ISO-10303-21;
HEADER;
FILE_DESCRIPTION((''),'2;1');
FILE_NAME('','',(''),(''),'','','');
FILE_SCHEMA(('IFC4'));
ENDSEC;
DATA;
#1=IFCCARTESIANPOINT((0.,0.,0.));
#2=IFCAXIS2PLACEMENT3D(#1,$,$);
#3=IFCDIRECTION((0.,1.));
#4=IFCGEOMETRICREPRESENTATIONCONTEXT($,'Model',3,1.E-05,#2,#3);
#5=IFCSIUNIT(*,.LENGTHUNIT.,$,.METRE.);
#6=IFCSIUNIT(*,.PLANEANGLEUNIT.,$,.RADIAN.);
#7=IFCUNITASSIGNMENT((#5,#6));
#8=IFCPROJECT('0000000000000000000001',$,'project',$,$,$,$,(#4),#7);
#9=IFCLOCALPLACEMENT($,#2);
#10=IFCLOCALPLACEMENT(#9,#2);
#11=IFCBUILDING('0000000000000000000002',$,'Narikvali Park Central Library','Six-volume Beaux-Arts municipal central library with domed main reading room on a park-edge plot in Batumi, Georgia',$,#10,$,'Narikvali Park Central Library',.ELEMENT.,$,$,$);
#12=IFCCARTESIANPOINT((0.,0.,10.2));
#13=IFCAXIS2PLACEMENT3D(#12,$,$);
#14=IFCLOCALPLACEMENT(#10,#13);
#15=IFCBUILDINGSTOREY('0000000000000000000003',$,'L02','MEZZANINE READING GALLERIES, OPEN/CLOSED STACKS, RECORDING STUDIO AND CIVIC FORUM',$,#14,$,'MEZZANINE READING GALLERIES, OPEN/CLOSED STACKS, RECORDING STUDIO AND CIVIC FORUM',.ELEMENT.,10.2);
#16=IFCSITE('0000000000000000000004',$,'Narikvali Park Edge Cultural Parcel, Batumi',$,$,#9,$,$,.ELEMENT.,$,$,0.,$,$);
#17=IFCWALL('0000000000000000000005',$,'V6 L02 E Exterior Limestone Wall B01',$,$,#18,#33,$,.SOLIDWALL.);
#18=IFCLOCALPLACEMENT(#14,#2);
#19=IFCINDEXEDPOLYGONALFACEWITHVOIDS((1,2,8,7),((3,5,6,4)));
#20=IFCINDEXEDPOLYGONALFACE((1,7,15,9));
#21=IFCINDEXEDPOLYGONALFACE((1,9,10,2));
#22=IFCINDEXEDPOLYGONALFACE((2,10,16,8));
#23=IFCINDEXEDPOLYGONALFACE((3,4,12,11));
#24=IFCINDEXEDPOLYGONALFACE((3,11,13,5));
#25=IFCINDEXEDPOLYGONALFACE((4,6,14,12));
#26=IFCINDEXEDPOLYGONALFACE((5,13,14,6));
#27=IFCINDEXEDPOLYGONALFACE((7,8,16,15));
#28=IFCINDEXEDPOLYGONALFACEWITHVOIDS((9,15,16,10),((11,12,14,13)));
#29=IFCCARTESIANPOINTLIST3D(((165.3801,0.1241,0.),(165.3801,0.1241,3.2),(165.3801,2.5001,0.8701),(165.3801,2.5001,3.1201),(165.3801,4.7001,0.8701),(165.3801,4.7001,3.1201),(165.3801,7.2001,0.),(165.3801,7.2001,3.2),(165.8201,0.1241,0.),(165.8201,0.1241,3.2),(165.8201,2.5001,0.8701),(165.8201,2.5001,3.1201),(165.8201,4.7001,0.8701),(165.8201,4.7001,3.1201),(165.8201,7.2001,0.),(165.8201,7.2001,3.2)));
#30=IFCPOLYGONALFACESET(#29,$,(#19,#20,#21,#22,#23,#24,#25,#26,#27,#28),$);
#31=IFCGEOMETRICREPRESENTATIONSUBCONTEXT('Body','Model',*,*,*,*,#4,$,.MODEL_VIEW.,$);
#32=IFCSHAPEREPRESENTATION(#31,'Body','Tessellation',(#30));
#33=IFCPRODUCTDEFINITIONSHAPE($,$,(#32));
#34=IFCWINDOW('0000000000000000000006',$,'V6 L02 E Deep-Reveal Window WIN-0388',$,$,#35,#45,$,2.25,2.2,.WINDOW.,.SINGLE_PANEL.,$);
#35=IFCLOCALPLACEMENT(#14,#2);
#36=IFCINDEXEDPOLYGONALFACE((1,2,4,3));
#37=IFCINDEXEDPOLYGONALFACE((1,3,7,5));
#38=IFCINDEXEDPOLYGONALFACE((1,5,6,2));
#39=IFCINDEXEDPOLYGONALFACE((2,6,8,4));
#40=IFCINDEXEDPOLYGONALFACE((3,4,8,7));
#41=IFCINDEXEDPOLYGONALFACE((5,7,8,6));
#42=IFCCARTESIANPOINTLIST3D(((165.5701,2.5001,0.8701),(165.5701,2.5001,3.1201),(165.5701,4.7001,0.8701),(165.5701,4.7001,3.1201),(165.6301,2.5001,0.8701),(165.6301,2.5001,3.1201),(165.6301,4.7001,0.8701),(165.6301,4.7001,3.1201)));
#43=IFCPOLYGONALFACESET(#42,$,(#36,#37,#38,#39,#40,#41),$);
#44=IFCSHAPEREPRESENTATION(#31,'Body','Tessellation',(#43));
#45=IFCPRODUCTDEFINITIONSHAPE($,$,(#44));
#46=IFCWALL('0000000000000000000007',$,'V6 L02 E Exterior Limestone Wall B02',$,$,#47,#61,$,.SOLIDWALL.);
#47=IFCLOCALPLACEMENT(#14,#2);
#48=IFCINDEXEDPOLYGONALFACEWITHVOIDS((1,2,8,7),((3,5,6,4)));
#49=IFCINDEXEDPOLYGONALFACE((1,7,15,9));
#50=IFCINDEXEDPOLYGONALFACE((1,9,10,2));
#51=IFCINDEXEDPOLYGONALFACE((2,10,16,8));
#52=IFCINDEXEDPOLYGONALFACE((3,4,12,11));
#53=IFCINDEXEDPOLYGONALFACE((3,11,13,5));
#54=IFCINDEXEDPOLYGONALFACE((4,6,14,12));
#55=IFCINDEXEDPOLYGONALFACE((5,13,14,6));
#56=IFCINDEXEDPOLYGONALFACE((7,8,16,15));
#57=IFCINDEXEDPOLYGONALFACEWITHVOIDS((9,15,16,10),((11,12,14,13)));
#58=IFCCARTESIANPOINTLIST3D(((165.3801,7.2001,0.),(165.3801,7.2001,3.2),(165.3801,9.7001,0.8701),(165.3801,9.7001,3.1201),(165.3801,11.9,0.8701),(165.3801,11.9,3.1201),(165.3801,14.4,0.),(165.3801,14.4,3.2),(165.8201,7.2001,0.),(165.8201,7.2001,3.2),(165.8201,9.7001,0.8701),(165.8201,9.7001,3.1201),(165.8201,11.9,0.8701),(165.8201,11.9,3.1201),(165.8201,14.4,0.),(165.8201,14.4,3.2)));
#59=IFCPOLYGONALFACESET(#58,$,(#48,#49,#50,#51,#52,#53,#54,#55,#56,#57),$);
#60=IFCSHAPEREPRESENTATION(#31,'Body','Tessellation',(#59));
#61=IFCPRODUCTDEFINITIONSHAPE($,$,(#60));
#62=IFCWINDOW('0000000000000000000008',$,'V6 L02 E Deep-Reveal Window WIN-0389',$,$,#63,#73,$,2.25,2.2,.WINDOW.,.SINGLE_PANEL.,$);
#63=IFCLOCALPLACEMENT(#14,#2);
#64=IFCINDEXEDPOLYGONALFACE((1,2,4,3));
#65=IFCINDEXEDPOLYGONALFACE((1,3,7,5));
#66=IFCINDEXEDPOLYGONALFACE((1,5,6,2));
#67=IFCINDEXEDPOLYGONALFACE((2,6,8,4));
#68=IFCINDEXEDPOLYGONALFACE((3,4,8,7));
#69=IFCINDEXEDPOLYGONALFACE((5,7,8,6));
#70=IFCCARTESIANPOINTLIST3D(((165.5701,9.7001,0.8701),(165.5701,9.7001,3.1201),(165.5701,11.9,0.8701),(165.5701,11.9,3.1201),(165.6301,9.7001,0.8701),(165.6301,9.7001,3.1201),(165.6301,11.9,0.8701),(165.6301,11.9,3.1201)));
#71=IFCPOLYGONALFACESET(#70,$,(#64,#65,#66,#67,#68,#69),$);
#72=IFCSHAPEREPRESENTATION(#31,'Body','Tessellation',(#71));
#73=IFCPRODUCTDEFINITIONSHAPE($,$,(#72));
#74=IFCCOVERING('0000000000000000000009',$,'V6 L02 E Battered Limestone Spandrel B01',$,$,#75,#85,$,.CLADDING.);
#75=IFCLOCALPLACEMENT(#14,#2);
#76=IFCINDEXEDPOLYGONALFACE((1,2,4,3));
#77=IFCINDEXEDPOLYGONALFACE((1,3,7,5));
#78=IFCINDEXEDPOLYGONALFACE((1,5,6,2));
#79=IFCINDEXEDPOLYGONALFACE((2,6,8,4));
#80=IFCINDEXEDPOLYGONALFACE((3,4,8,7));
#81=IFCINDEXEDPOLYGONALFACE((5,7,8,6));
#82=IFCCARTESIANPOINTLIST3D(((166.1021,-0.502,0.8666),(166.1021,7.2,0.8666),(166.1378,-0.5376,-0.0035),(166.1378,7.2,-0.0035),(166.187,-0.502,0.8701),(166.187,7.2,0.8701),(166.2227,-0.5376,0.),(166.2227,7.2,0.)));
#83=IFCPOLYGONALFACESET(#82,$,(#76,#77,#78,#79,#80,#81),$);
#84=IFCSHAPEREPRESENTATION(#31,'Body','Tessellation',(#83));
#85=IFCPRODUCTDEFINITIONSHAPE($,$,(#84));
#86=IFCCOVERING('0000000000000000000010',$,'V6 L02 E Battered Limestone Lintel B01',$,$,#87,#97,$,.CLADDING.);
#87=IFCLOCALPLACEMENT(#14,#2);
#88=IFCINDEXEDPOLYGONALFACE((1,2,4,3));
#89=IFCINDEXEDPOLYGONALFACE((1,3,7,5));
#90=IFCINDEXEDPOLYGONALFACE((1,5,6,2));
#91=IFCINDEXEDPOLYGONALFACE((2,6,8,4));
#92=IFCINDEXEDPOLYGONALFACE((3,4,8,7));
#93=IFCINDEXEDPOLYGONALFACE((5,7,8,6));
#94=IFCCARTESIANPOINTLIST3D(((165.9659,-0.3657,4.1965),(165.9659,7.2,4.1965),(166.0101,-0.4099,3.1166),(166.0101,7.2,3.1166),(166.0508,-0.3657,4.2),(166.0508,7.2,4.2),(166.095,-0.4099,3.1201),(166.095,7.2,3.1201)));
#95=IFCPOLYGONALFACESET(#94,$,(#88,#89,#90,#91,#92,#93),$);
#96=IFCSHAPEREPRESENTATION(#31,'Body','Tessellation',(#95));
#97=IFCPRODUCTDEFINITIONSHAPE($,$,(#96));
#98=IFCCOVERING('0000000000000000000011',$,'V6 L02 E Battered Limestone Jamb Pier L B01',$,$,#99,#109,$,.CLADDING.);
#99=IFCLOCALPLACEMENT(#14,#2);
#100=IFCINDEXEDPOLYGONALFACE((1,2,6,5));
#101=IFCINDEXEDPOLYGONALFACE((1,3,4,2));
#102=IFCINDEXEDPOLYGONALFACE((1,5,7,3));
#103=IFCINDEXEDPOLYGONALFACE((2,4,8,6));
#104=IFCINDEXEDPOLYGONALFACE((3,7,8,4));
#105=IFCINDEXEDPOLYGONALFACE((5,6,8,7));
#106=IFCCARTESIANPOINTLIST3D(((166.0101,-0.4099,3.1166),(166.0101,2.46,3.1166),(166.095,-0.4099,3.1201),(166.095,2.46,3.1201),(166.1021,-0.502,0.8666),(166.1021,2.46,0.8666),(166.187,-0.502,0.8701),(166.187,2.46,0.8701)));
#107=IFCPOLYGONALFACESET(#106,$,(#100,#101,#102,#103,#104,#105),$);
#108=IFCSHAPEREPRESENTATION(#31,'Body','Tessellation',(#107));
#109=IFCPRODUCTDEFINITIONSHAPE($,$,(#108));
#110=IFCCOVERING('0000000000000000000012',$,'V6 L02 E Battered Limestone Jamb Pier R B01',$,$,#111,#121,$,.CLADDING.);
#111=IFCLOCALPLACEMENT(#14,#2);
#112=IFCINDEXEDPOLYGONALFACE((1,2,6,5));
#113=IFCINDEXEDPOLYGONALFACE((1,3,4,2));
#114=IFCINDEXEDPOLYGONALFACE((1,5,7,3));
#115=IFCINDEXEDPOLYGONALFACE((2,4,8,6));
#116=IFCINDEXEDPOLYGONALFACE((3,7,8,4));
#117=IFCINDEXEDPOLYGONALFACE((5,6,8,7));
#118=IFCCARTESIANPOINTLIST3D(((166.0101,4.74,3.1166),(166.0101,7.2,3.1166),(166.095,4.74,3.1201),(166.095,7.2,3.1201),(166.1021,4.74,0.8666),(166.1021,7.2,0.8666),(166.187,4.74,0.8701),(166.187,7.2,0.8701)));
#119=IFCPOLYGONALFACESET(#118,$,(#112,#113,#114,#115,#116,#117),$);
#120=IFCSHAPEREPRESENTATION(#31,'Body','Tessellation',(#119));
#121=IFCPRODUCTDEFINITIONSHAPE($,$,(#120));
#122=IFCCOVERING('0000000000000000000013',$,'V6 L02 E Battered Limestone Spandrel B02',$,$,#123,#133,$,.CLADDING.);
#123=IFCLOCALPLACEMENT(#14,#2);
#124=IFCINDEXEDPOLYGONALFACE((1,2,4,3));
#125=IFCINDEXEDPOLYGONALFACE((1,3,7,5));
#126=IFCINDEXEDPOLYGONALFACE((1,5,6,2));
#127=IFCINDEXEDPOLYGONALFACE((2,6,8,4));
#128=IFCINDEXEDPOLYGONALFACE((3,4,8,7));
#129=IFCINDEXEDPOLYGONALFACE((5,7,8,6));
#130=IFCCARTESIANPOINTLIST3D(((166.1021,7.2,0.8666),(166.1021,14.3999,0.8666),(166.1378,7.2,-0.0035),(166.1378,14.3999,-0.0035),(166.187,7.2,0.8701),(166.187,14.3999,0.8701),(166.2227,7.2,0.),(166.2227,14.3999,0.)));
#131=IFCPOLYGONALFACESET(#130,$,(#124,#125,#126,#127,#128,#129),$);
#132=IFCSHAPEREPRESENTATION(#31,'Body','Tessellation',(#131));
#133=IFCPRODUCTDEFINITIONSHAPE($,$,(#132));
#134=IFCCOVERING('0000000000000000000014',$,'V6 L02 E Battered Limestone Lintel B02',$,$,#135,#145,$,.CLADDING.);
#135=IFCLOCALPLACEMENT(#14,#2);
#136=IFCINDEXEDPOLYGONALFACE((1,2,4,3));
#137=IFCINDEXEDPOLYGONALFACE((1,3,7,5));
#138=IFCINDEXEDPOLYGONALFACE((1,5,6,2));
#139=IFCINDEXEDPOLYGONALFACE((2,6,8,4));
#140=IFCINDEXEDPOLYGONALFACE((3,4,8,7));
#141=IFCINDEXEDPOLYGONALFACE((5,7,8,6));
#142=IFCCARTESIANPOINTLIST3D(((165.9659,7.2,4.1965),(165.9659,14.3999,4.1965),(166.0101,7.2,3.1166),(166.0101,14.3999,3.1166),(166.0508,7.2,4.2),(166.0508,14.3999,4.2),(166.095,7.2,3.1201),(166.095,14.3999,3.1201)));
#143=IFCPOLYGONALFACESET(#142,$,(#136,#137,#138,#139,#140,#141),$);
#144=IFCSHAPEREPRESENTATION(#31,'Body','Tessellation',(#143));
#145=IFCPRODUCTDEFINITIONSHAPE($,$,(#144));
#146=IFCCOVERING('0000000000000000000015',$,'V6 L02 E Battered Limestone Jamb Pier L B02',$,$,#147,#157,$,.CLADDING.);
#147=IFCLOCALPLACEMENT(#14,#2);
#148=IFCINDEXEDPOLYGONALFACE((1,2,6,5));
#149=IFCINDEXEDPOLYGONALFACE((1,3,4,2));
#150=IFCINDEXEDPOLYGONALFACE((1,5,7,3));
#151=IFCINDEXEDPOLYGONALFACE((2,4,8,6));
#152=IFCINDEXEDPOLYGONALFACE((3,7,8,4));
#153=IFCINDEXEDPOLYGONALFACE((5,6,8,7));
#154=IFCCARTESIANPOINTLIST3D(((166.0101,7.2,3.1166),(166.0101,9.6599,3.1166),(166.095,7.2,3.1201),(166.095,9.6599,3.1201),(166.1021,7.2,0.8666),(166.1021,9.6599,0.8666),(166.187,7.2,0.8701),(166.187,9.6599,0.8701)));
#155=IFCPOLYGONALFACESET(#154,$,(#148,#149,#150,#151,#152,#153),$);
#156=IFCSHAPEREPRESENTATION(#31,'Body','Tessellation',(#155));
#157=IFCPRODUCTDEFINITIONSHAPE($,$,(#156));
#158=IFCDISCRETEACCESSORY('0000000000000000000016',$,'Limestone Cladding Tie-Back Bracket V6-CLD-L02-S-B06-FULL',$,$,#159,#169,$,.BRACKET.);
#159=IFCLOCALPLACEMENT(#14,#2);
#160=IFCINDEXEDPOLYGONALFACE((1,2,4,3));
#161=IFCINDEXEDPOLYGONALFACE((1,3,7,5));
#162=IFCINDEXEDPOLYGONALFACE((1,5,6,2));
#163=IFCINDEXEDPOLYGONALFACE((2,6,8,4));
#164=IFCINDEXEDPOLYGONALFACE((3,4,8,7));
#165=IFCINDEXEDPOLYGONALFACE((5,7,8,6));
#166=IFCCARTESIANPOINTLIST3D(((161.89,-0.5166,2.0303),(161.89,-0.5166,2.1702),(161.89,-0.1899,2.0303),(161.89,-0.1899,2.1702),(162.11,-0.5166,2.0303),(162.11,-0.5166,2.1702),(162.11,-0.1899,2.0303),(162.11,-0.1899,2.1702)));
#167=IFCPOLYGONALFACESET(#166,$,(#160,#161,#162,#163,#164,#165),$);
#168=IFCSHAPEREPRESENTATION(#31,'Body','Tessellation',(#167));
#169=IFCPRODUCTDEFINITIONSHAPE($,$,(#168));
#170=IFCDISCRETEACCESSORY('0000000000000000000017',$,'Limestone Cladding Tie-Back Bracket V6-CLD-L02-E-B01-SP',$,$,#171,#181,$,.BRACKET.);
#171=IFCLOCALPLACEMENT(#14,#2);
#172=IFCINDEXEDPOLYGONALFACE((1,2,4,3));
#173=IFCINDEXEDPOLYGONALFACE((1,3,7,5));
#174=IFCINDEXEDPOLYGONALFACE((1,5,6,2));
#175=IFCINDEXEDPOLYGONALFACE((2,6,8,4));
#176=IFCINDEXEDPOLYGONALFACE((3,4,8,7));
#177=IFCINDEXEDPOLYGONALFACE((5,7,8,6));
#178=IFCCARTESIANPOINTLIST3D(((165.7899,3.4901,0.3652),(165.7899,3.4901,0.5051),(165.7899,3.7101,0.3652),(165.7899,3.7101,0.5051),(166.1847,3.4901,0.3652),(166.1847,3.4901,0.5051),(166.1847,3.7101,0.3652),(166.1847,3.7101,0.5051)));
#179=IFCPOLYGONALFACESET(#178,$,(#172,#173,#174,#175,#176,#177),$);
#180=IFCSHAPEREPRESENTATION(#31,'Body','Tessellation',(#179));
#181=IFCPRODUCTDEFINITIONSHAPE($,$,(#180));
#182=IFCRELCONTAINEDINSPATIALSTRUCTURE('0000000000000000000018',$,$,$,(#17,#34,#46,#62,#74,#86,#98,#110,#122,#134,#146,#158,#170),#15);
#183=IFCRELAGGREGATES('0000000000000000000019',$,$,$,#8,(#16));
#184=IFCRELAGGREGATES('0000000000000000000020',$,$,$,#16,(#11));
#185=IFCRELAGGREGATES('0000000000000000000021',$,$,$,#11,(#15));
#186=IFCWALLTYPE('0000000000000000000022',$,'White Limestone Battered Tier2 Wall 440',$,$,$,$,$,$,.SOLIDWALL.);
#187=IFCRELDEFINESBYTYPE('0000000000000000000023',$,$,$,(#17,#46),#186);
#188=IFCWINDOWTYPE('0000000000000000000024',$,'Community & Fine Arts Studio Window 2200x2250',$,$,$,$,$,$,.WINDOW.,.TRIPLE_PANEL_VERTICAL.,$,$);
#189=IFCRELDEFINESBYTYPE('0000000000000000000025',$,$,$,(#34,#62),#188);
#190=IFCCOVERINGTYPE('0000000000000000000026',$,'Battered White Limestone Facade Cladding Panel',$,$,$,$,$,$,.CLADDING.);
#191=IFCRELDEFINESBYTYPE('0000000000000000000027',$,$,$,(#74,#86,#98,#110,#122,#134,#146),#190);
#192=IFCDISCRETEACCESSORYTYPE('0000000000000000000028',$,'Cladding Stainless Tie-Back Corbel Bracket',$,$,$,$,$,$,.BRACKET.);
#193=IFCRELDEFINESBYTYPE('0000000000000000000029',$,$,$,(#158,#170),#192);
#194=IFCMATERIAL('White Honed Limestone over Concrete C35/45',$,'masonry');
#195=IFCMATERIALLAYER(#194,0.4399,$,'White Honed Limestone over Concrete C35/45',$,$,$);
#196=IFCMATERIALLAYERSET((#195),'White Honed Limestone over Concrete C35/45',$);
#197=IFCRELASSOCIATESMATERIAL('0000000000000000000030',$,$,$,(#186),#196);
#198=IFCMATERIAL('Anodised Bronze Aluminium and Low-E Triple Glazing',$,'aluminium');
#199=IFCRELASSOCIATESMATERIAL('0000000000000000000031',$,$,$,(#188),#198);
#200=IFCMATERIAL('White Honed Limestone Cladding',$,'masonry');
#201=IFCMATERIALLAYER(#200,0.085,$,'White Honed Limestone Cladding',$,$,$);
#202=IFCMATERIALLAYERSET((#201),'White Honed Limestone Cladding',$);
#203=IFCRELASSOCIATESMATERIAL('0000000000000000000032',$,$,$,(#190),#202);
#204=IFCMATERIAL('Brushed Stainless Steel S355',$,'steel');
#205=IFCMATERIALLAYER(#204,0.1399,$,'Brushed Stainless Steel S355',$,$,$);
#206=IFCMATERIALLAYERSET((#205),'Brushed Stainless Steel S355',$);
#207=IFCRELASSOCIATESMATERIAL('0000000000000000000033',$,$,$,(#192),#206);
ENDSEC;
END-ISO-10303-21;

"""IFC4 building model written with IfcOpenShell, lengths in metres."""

from ifc_helpers import new_model, si_unit, direction, frame, frame_2d, origin, origin_2d, place, context, subcontext, project, spatial, polyline, rectangle, outline, extrude, material, layer, layer_set, type_object, element, fill, save


model = new_model("IFC4")

# Units and contexts
model_context = context("Model", 3, precision=1e-05, world=origin(), true_north=direction((0.0, 1.0)))
body_context = subcontext(model_context, "Body", "Model", "MODEL_VIEW")
ifc_project = project(units=[si_unit("LENGTHUNIT", "METRE"), si_unit("PLANEANGLEUNIT", "RADIAN")], contexts=[model_context])

# Site, building, storey
site_placement = place(None, origin())
site = spatial("IfcSite", under=ifc_project, at=site_placement, Name="Narikvali Park Edge Cultural Parcel, Batumi", CompositionType="ELEMENT", RefElevation=0.0)
building_placement = place(site_placement, origin())
building = spatial("IfcBuilding", under=site, at=building_placement, Name="Narikvali Park Central Library", Description="Six-volume Beaux-Arts municipal central library with domed main reading room on a park-edge plot in Batumi, Georgia", LongName="Narikvali Park Central Library", CompositionType="ELEMENT")
storey_placement = place(building_placement, frame((0.0, 0.0, 10.2)))
storey = spatial("IfcBuildingStorey", under=building, at=storey_placement, Name="L02", Description="MEZZANINE READING GALLERIES, OPEN/CLOSED STACKS, RECORDING STUDIO AND CIVIC FORUM", LongName="MEZZANINE READING GALLERIES, OPEN/CLOSED STACKS, RECORDING STUDIO AND CIVIC FORUM", CompositionType="ELEMENT", Elevation=10.2)

# Walls, openings, windows
ifc_material_1 = material(Name="White Honed Limestone over Concrete C35/45", Category="masonry")
ifc_layer_1 = layer(ifc_material_1, 0.4399, Name="White Honed Limestone over Concrete C35/45")
ifc_layer_set_1 = layer_set([ifc_layer_1], Name="White Honed Limestone over Concrete C35/45")
wall_type_1 = type_object("IfcWallType", Name="White Limestone Battered Tier2 Wall 440", PredefinedType="SOLIDWALL", material=ifc_layer_set_1)
wall_1_placement = place(storey_placement, frame((165.6001, 0.124, 0.0), z_axis=(0.0, 0.0, 1.0), x_axis=(0.0, 1.0, 0.0)))
wall_1 = element("IfcWall", 1, at=wall_1_placement, inside=storey, type_object=wall_type_1, Name="V6 L02 E Exterior Limestone Wall B01", PredefinedType="SOLIDWALL", context=body_context, shape_type="SweptSolid", body=[
    extrude(rectangle(XDim=7.0759, YDim=0.4399, at=frame_2d((3.5381, 0.0))), origin(), (0.0, 0.0, 1.0), 3.2),
])
opening_1_placement = place(wall_1_placement, frame((2.376, 0.0, 0.8701)))
opening_1 = element("IfcOpeningElement", 2, at=opening_1_placement, cuts=wall_1, PredefinedType="OPENING", context=body_context, shape_type="SweptSolid", body=[
    extrude(rectangle(XDim=2.2, YDim=2.25, at=frame_2d((1.1001, 1.125))), frame((0.0, 0.2319, 0.0), z_axis=(0.0, -1.0, 0.0), x_axis=(1.0, 0.0, 0.0)), (0.0, 0.0, 1.0), 0.4639),
])
ifc_material_2 = material(Name="Anodised Bronze Aluminium and Low-E Triple Glazing", Category="aluminium")
window_type = type_object("IfcWindowType", Name="Community & Fine Arts Studio Window 2200x2250", PartitioningType="TRIPLE_PANEL_VERTICAL", PredefinedType="WINDOW", material=ifc_material_2)
window_1_placement = place(opening_1_placement, origin())
window_1 = element("IfcWindow", 3, at=window_1_placement, inside=storey, type_object=window_type, Name="V6 L02 E Deep-Reveal Window WIN-0388", OverallHeight=2.25, OverallWidth=2.2, PartitioningType="SINGLE_PANEL", PredefinedType="WINDOW", context=body_context, shape_type="SweptSolid", body=[
    extrude(rectangle(XDim=2.2, YDim=2.25, at=frame_2d((1.1001, 1.125))), frame((0.0, 0.03, 0.0), z_axis=(0.0, -1.0, 0.0), x_axis=(1.0, 0.0, 0.0)), (0.0, 0.0, 1.0), 0.0601),
])
fill(opening_1, window_1)
wall_2_placement = place(storey_placement, frame((165.6001, 7.2, 0.0), z_axis=(0.0, 0.0, 1.0), x_axis=(0.0, 1.0, 0.0)))
wall_2 = element("IfcWall", 4, at=wall_2_placement, inside=storey, type_object=wall_type_1, Name="V6 L02 E Exterior Limestone Wall B02", PredefinedType="SOLIDWALL", context=body_context, shape_type="SweptSolid", body=[
    extrude(rectangle(XDim=7.2, YDim=0.4399, at=frame_2d((3.6001, 0.0))), origin(), (0.0, 0.0, 1.0), 3.2),
])
opening_2_placement = place(wall_2_placement, frame((2.5, 0.0, 0.8701)))
opening_2 = element("IfcOpeningElement", 5, at=opening_2_placement, cuts=wall_2, PredefinedType="OPENING", context=body_context, shape_type="SweptSolid", body=[
    extrude(rectangle(XDim=2.2, YDim=2.25, at=frame_2d((1.1001, 1.125))), frame((0.0, 0.2319, 0.0), z_axis=(0.0, -1.0, 0.0), x_axis=(1.0, 0.0, 0.0)), (0.0, 0.0, 1.0), 0.4639),
])
window_2_placement = place(opening_2_placement, origin())
window_2 = element("IfcWindow", 6, at=window_2_placement, inside=storey, type_object=window_type, Name="V6 L02 E Deep-Reveal Window WIN-0389", OverallHeight=2.25, OverallWidth=2.2, PartitioningType="SINGLE_PANEL", PredefinedType="WINDOW", context=body_context, shape_type="SweptSolid", body=[
    extrude(rectangle(XDim=2.2, YDim=2.25, at=frame_2d((1.1001, 1.125))), frame((0.0, 0.03, 0.0), z_axis=(0.0, -1.0, 0.0), x_axis=(1.0, 0.0, 0.0)), (0.0, 0.0, 1.0), 0.0601),
])
fill(opening_2, window_2)

# Coverings
ifc_material_3 = material(Name="White Honed Limestone Cladding", Category="masonry")
ifc_layer_2 = layer(ifc_material_3, 0.085, Name="White Honed Limestone Cladding")
ifc_layer_set_2 = layer_set([ifc_layer_2], Name="White Honed Limestone Cladding")
covering_type = type_object("IfcCoveringType", Name="Battered White Limestone Facade Cladding Panel", PredefinedType="CLADDING", material=ifc_layer_set_2)
covering_1_placement = place(storey_placement, frame((166.2227, -0.5376, 0.0), z_axis=(0.999162, 0.0, 0.040931), x_axis=(0.0, 1.0, 0.0)))
element("IfcCovering", 7, at=covering_1_placement, inside=storey, type_object=covering_type, Name="V6 L02 E Battered Limestone Spandrel B01", PredefinedType="CLADDING", context=body_context, shape_type="SweptSolid", body=[
    extrude(outline(polyline([(0.0, 0.0), (7.7375, 0.0), (7.7375, 0.8708), (0.0356, 0.8708), (0.0, 0.0)])), origin(), (0.0, 0.0, -1.0), 0.085),
])
covering_2_placement = place(storey_placement, frame((166.095, -0.4099, 3.1201), z_axis=(0.999164, 0.0, 0.040888), x_axis=(0.0, 1.0, 0.0)))
element("IfcCovering", 8, at=covering_2_placement, inside=storey, type_object=covering_type, Name="V6 L02 E Battered Limestone Lintel B01", PredefinedType="CLADDING", context=body_context, shape_type="SweptSolid", body=[
    extrude(outline(polyline([(0.0, 0.0), (7.6099, 0.0), (7.6099, 1.0807), (0.0442, 1.0807), (0.0, 0.0)])), origin(), (0.0, 0.0, -1.0), 0.085),
])
covering_3_placement = place(storey_placement, frame((166.187, -0.502, 0.8701), z_axis=(0.999164, 0.0, 0.040873), x_axis=(0.0, 1.0, 0.0)))
element("IfcCovering", 9, at=covering_3_placement, inside=storey, type_object=covering_type, Name="V6 L02 E Battered Limestone Jamb Pier L B01", PredefinedType="CLADDING", context=body_context, shape_type="SweptSolid", body=[
    extrude(outline(polyline([(0.0, 0.0), (2.9619, 0.0), (2.9619, 2.2519), (0.092, 2.2519), (0.0, 0.0)])), origin(), (0.0, 0.0, -1.0), 0.085),
])
covering_4_placement = place(storey_placement, frame((166.187, 4.74, 0.8701), z_axis=(0.999164, 0.0, 0.040873), x_axis=(0.0, 1.0, 0.0)))
element("IfcCovering", 10, at=covering_4_placement, inside=storey, type_object=covering_type, Name="V6 L02 E Battered Limestone Jamb Pier R B01", PredefinedType="CLADDING", context=body_context, shape_type="SweptSolid", body=[
    extrude(outline(polyline([(0.0, 0.0), (2.46, 0.0), (2.46, 2.2519), (0.0, 2.2519), (0.0, 0.0)])), origin(), (0.0, 0.0, -1.0), 0.085),
])
covering_5_placement = place(storey_placement, frame((166.2227, 7.2, 0.0), z_axis=(0.999162, 0.0, 0.040931), x_axis=(0.0, 1.0, 0.0)))
element("IfcCovering", 11, at=covering_5_placement, inside=storey, type_object=covering_type, Name="V6 L02 E Battered Limestone Spandrel B02", PredefinedType="CLADDING", context=body_context, shape_type="SweptSolid", body=[
    extrude(outline(polyline([(0.0, 0.0), (7.2, 0.0), (7.2, 0.8708), (0.0, 0.8708), (0.0, 0.0)])), origin(), (0.0, 0.0, -1.0), 0.085),
])
covering_6_placement = place(storey_placement, frame((166.095, 7.2, 3.1201), z_axis=(0.999164, 0.0, 0.040888), x_axis=(0.0, 1.0, 0.0)))
element("IfcCovering", 12, at=covering_6_placement, inside=storey, type_object=covering_type, Name="V6 L02 E Battered Limestone Lintel B02", PredefinedType="CLADDING", context=body_context, shape_type="SweptSolid", body=[
    extrude(outline(polyline([(0.0, 0.0), (7.2, 0.0), (7.2, 1.0807), (0.0, 1.0807), (0.0, 0.0)])), origin(), (0.0, 0.0, -1.0), 0.085),
])
covering_7_placement = place(storey_placement, frame((166.187, 7.2, 0.8701), z_axis=(0.999164, 0.0, 0.040873), x_axis=(0.0, 1.0, 0.0)))
element("IfcCovering", 13, at=covering_7_placement, inside=storey, type_object=covering_type, Name="V6 L02 E Battered Limestone Jamb Pier L B02", PredefinedType="CLADDING", context=body_context, shape_type="SweptSolid", body=[
    extrude(outline(polyline([(0.0, 0.0), (2.46, 0.0), (2.46, 2.2519), (0.0, 2.2519), (0.0, 0.0)])), origin(), (0.0, 0.0, -1.0), 0.085),
])

# Discrete accessories
ifc_material_4 = material(Name="Brushed Stainless Steel S355", Category="steel")
ifc_layer_3 = layer(ifc_material_4, 0.1399, Name="Brushed Stainless Steel S355")
ifc_layer_set_3 = layer_set([ifc_layer_3], Name="Brushed Stainless Steel S355")
discrete_accessory_type = type_object("IfcDiscreteAccessoryType", Name="Cladding Stainless Tie-Back Corbel Bracket", PredefinedType="BRACKET", material=ifc_layer_set_3)
discrete_accessory_1_placement = place(storey_placement, frame((162.0, -0.3533, 2.0303), z_axis=(0.0, 0.0, 1.0), x_axis=(1.0, 0.0, 0.0)))
element("IfcDiscreteAccessory", 14, at=discrete_accessory_1_placement, inside=storey, type_object=discrete_accessory_type, Name="Limestone Cladding Tie-Back Bracket V6-CLD-L02-S-B06-FULL", PredefinedType="BRACKET", context=body_context, shape_type="SweptSolid", body=[
    extrude(rectangle(XDim=0.22, YDim=0.3267, at=origin_2d()), origin(), (0.0, 0.0, 1.0), 0.1399),
])
discrete_accessory_2_placement = place(storey_placement, frame((165.9873, 3.6001, 0.3652), z_axis=(0.0, 0.0, 1.0), x_axis=(1.0, 0.0, 0.0)))
element("IfcDiscreteAccessory", 15, at=discrete_accessory_2_placement, inside=storey, type_object=discrete_accessory_type, Name="Limestone Cladding Tie-Back Bracket V6-CLD-L02-E-B01-SP", PredefinedType="BRACKET", context=body_context, shape_type="SweptSolid", body=[
    extrude(rectangle(XDim=0.3948, YDim=0.22, at=origin_2d()), origin(), (0.0, 0.0, 1.0), 0.1399),
])

save(model, "model.ifc")
